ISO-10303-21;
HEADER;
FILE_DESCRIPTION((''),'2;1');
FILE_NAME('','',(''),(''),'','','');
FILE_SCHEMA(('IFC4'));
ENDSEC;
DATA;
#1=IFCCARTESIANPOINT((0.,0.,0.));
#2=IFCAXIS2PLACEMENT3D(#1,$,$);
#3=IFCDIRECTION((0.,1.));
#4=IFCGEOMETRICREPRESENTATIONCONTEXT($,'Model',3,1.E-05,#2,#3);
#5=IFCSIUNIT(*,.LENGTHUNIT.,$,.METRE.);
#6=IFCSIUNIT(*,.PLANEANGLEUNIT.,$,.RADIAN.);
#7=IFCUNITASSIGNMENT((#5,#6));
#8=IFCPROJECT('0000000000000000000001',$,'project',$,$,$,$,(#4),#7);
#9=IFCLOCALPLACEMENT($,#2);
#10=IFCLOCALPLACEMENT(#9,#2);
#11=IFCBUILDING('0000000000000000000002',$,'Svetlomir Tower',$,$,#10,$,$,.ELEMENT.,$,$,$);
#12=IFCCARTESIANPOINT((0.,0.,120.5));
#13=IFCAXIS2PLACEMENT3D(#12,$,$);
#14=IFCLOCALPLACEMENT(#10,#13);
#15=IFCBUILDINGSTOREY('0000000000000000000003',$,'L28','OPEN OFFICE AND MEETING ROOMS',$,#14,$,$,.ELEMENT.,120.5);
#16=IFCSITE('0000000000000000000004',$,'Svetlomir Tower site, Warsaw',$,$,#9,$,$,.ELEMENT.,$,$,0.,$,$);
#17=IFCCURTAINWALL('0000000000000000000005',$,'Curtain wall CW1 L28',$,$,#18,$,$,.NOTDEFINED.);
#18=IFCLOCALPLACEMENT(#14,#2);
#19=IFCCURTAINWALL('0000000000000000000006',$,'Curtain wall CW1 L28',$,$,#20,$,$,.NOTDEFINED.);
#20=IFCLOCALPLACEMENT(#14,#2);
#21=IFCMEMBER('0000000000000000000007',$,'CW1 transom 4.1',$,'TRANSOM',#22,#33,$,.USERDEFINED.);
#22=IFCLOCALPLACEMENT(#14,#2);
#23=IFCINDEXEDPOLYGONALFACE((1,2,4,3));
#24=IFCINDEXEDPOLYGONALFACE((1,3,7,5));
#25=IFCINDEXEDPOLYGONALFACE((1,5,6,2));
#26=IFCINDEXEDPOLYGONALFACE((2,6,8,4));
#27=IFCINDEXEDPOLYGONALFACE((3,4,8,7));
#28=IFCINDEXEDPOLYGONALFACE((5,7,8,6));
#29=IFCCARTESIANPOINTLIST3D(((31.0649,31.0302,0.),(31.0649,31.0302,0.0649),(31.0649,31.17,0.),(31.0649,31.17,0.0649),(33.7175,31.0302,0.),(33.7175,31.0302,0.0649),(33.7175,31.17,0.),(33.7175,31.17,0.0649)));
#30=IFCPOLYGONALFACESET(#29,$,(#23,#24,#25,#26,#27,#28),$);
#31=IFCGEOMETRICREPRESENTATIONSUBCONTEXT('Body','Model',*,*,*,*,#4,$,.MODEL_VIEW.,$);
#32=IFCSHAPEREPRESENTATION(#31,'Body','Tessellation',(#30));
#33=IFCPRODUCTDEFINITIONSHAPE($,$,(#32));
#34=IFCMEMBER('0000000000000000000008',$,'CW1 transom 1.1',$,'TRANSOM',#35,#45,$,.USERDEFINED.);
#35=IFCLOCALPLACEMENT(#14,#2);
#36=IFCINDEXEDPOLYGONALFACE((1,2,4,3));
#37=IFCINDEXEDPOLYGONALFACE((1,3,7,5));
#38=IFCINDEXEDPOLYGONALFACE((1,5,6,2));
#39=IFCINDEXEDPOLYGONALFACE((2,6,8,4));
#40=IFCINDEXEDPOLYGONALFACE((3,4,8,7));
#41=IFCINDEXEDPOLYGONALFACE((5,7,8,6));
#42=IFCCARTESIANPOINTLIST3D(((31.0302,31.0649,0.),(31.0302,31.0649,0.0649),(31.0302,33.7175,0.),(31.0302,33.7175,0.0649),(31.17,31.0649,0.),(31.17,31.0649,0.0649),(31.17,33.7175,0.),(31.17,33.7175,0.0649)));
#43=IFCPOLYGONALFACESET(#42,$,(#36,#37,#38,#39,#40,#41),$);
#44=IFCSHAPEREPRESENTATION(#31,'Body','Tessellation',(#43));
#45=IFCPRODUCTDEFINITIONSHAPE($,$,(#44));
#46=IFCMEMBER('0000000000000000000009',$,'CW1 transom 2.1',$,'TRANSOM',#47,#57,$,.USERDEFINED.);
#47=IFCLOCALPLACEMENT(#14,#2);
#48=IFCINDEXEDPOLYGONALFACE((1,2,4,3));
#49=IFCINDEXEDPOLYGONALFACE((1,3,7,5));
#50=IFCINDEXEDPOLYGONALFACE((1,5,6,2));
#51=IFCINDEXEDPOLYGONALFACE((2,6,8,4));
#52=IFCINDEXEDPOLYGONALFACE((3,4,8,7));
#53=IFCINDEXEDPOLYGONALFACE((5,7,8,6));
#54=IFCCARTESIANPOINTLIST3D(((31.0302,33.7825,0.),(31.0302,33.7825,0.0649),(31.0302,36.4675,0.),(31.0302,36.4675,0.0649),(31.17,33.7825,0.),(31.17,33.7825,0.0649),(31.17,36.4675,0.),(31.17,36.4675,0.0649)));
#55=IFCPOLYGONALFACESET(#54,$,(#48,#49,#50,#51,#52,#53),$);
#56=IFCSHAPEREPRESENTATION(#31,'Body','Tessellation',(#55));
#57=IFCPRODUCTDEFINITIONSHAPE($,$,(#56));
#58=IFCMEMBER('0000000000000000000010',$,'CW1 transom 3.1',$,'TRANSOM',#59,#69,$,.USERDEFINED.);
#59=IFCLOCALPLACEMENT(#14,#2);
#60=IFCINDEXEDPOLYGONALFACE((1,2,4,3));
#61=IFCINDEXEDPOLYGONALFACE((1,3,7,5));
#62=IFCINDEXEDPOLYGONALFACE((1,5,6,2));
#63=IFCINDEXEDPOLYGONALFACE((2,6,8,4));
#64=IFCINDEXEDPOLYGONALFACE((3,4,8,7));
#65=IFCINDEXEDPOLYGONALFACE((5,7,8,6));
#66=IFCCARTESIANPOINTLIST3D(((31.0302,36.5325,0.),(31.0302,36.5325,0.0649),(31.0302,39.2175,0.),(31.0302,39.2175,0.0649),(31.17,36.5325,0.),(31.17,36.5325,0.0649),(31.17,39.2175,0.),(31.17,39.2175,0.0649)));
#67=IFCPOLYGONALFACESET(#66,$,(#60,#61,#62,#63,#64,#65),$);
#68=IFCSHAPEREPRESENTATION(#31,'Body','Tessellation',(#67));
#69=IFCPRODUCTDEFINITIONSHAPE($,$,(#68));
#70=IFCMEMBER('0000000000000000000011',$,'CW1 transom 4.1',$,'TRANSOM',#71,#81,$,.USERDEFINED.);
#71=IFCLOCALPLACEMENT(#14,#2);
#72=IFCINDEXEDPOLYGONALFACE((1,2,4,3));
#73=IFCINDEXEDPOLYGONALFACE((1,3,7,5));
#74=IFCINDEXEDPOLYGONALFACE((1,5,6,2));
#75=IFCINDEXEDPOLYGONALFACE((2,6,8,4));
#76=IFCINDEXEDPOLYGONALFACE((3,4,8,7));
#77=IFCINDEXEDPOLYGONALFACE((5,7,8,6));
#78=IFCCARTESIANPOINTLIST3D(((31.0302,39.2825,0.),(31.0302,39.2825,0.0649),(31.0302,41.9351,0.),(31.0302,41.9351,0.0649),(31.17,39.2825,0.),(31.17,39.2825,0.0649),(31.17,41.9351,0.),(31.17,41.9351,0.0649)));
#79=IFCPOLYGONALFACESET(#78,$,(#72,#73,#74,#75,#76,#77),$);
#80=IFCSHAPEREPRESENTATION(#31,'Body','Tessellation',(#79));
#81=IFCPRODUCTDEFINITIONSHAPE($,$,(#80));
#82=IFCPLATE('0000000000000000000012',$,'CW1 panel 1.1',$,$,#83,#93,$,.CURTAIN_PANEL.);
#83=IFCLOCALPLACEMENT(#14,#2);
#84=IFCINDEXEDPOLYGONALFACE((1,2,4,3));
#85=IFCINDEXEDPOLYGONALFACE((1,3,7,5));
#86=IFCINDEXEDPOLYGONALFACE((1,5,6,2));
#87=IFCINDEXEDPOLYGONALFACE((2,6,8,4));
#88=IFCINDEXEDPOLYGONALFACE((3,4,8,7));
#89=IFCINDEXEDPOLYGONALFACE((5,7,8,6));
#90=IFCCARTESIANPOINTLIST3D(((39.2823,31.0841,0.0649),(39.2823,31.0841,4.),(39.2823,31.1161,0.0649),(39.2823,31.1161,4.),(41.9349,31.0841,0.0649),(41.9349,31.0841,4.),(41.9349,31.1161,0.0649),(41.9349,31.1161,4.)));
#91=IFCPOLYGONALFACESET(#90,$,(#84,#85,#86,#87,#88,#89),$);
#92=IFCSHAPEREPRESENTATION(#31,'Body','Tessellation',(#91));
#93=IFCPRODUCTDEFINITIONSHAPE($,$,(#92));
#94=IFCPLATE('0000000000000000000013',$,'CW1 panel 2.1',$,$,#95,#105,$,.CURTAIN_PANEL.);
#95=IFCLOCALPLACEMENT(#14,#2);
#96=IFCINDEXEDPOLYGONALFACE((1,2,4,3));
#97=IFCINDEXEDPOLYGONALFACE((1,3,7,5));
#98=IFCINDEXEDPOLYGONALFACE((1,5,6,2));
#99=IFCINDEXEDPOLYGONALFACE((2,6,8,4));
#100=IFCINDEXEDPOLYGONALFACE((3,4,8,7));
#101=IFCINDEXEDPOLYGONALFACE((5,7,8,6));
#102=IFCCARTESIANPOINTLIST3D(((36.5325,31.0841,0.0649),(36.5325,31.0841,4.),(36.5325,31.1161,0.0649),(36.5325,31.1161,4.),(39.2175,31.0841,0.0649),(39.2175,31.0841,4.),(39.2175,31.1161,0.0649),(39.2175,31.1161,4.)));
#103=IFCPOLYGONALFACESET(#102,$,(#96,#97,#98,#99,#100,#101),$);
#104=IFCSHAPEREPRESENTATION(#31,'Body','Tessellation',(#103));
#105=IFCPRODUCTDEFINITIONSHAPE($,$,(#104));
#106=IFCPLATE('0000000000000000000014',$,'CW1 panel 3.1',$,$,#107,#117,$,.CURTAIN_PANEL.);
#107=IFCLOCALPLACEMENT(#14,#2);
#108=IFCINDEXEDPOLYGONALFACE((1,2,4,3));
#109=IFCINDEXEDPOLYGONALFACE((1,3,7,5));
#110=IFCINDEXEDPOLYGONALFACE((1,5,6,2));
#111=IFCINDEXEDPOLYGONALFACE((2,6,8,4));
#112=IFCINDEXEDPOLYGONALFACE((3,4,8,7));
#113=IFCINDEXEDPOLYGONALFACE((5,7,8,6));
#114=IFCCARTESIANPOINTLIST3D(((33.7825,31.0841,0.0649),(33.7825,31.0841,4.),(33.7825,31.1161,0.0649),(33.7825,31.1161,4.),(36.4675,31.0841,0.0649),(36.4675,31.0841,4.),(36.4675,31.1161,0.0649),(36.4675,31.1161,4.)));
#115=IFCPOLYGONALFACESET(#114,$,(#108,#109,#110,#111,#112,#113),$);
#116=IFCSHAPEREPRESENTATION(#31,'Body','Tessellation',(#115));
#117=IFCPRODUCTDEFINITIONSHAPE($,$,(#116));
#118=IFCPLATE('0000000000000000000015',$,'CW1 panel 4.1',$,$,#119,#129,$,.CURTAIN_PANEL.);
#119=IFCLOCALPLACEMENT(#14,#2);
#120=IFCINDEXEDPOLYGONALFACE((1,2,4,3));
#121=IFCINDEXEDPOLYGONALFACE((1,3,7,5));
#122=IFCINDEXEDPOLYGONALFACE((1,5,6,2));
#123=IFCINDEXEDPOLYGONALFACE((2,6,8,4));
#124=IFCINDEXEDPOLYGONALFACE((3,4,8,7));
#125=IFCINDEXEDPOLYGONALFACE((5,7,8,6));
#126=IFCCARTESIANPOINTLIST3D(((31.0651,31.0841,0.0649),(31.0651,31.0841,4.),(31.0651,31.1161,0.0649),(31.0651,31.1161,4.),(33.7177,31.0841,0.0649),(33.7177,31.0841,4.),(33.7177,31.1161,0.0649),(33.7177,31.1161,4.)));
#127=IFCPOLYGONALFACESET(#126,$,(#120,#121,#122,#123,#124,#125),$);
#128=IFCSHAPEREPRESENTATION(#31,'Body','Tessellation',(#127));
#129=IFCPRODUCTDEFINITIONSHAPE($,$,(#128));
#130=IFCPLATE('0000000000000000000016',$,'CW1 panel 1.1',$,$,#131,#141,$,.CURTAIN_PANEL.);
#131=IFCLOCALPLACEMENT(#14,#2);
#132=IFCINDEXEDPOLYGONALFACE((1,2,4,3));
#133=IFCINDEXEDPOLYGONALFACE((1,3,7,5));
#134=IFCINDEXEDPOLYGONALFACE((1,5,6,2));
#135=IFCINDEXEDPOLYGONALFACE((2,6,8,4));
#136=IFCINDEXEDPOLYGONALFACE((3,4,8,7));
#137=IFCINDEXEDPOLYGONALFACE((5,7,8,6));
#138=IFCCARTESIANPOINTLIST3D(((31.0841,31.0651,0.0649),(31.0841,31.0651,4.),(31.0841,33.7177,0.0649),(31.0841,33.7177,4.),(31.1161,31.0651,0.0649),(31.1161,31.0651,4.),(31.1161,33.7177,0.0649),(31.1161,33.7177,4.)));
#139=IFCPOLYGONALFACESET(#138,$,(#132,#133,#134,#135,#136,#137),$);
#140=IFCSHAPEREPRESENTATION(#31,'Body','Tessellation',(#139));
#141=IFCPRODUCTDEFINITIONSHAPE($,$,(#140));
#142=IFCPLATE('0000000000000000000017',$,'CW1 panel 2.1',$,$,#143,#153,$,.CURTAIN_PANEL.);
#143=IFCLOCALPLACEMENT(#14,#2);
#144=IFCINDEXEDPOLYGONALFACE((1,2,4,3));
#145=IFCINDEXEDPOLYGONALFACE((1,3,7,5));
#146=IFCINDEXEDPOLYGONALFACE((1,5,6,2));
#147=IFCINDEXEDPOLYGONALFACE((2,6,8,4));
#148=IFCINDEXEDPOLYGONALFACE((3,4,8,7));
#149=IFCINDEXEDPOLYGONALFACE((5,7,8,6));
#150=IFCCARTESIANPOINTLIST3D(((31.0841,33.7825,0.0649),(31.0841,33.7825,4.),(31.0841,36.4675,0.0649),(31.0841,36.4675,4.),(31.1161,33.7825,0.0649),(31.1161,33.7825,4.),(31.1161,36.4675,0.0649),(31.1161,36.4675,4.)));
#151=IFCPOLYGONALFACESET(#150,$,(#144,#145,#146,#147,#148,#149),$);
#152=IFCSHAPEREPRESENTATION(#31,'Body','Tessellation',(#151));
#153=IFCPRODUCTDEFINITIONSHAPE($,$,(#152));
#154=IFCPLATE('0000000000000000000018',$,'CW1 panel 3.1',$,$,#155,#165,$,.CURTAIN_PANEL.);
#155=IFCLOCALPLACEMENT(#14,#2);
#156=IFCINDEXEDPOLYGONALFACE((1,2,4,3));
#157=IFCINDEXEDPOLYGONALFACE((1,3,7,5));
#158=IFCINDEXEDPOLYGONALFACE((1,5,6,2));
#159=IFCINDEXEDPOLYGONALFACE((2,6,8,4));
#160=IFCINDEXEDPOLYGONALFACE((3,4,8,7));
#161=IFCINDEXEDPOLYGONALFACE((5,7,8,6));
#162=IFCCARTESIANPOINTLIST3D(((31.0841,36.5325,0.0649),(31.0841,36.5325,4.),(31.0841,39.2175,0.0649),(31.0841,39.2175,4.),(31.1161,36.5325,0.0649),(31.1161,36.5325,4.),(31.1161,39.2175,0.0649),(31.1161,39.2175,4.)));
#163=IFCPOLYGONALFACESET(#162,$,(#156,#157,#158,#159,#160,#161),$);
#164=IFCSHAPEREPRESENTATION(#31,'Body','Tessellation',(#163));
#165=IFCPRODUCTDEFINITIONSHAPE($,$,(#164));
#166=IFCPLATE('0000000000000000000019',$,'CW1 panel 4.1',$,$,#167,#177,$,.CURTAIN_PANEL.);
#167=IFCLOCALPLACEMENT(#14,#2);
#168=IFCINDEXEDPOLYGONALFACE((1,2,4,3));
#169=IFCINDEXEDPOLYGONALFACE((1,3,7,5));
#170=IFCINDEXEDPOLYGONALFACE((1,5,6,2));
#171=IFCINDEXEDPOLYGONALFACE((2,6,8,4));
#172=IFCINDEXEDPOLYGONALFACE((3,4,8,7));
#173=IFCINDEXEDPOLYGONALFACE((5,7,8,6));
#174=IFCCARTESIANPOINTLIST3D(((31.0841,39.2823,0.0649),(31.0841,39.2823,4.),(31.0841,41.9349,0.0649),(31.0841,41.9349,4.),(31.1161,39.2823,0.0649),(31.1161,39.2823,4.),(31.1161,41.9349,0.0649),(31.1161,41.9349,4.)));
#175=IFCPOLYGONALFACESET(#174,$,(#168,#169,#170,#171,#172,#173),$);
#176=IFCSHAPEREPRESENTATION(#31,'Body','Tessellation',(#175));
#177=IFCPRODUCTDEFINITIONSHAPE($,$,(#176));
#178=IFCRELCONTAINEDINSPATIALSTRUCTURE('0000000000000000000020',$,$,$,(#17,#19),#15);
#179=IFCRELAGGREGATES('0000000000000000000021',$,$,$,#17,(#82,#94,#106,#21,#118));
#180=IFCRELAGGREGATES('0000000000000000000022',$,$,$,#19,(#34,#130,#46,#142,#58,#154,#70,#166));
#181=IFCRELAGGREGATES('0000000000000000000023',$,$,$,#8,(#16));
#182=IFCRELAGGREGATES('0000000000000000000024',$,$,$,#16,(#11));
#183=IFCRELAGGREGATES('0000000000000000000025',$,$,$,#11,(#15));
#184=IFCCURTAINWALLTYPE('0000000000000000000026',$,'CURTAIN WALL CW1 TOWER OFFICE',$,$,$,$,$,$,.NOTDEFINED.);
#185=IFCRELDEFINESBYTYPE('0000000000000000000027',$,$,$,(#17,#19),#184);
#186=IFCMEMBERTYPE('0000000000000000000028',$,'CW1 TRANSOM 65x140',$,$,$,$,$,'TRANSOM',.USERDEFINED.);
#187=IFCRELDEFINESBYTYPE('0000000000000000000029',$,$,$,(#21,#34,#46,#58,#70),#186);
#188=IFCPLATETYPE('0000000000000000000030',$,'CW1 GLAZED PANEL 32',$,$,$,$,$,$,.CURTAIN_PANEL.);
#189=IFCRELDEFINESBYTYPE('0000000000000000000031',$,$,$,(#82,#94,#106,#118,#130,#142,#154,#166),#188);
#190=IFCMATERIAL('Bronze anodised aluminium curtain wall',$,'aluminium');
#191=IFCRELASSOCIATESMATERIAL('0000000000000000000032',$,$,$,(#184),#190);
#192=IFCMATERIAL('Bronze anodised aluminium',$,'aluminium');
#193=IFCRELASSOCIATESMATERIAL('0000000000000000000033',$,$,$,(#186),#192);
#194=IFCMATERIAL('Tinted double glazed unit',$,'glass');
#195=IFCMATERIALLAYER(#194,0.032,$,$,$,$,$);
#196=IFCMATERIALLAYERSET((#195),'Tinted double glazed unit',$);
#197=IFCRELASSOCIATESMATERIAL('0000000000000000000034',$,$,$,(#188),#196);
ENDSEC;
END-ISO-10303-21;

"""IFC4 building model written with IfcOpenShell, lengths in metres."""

from ifc_helpers import new_model, si_unit, direction, frame, origin, origin_2d, place, context, subcontext, project, spatial, rectangle, extrude, material, layer, layer_set, material_profile, profile_set, type_object, element, aggregate, save


model = new_model("IFC4")

# Units and contexts
model_context = context("Model", 3, precision=1e-05, world=origin(), true_north=direction((0.0, 1.0)))
body_context = subcontext(model_context, "Body", "Model", "MODEL_VIEW")
ifc_project = project(units=[si_unit("LENGTHUNIT", "METRE"), si_unit("PLANEANGLEUNIT", "RADIAN")], contexts=[model_context])

# Site, building, storey
site_placement = place(None, origin())
site = spatial("IfcSite", under=ifc_project, at=site_placement, Name="Svetlomir Tower site, Warsaw", CompositionType="ELEMENT", RefElevation=0.0)
building_placement = place(site_placement, origin())
building = spatial("IfcBuilding", under=site, at=building_placement, Name="Svetlomir Tower", CompositionType="ELEMENT")
storey_placement = place(building_placement, frame((0.0, 0.0, 120.5)))
storey = spatial("IfcBuildingStorey", under=building, at=storey_placement, Name="L28", Description="OPEN OFFICE AND MEETING ROOMS", CompositionType="ELEMENT", Elevation=120.5)

# Curtain walls
ifc_material_1 = material(Name="Bronze anodised aluminium curtain wall", Category="aluminium")
curtain_wall_type = type_object("IfcCurtainWallType", Name="CURTAIN WALL CW1 TOWER OFFICE", PredefinedType="NOTDEFINED", material=ifc_material_1)
curtain_wall_1_placement = place(storey_placement, origin())
curtain_wall_1 = element("IfcCurtainWall", 1, at=curtain_wall_1_placement, inside=storey, type_object=curtain_wall_type, Name="Curtain wall CW1 L28", PredefinedType="NOTDEFINED")
curtain_wall_2_placement = place(storey_placement, origin())
curtain_wall_2 = element("IfcCurtainWall", 2, at=curtain_wall_2_placement, inside=storey, type_object=curtain_wall_type, Name="Curtain wall CW1 L28", PredefinedType="NOTDEFINED")

# Members
ifc_material_2 = material(Name="Bronze anodised aluminium", Category="aluminium")
ifc_material_profile_1 = material_profile(ifc_material_2, rectangle(XDim=0.1399, YDim=0.0649, at=origin_2d()), Name="AL 140x65")
ifc_profile_set_1 = profile_set([ifc_material_profile_1], Name="Bronze anodised aluminium 6063-T6")
member_type_1 = type_object("IfcMemberType", Name="CW1 TRANSOM 65x140", ElementType="TRANSOM", PredefinedType="USERDEFINED", material=ifc_profile_set_1)
member_1_placement = place(storey_placement, frame((33.7175, 31.1001, 0.0325), z_axis=(-1.0, 0.0, 0.0), x_axis=(0.0, -1.0, 0.0)))
member_1 = element("IfcMember", 3, at=member_1_placement, type_object=member_type_1, Name="CW1 transom 4.1", ObjectType="TRANSOM", PredefinedType="USERDEFINED", context=body_context, shape_type="SweptSolid", body=[
    extrude(rectangle(XDim=0.1399, YDim=0.0649, at=origin_2d()), origin(), (0.0, 0.0, 1.0), 2.6526),
])
member_2_placement = place(storey_placement, frame((31.1001, 31.0649, 0.0325), z_axis=(0.0, 1.0, 0.0), x_axis=(-1.0, 0.0, 0.0)))
member_2 = element("IfcMember", 4, at=member_2_placement, type_object=member_type_1, Name="CW1 transom 1.1", ObjectType="TRANSOM", PredefinedType="USERDEFINED", context=body_context, shape_type="SweptSolid", body=[
    extrude(rectangle(XDim=0.1399, YDim=0.0649, at=origin_2d()), origin(), (0.0, 0.0, 1.0), 2.6526),
])
member_3_placement = place(storey_placement, frame((31.1001, 33.7825, 0.0325), z_axis=(0.0, 1.0, 0.0), x_axis=(-1.0, 0.0, 0.0)))
member_3 = element("IfcMember", 5, at=member_3_placement, type_object=member_type_1, Name="CW1 transom 2.1", ObjectType="TRANSOM", PredefinedType="USERDEFINED", context=body_context, shape_type="SweptSolid", body=[
    extrude(rectangle(XDim=0.1399, YDim=0.0649, at=origin_2d()), origin(), (0.0, 0.0, 1.0), 2.6851),
])
member_4_placement = place(storey_placement, frame((31.1001, 36.5325, 0.0325), z_axis=(0.0, 1.0, 0.0), x_axis=(-1.0, 0.0, 0.0)))
member_4 = element("IfcMember", 6, at=member_4_placement, type_object=member_type_1, Name="CW1 transom 3.1", ObjectType="TRANSOM", PredefinedType="USERDEFINED", context=body_context, shape_type="SweptSolid", body=[
    extrude(rectangle(XDim=0.1399, YDim=0.0649, at=origin_2d()), origin(), (0.0, 0.0, 1.0), 2.6851),
])
member_5_placement = place(storey_placement, frame((31.1001, 39.2825, 0.0325), z_axis=(0.0, 1.0, 0.0), x_axis=(-1.0, 0.0, 0.0)))
member_5 = element("IfcMember", 7, at=member_5_placement, type_object=member_type_1, Name="CW1 transom 4.1", ObjectType="TRANSOM", PredefinedType="USERDEFINED", context=body_context, shape_type="SweptSolid", body=[
    extrude(rectangle(XDim=0.1399, YDim=0.0649, at=origin_2d()), origin(), (0.0, 0.0, 1.0), 2.6526),
])

# Plates
ifc_material_3 = material(Name="Tinted double glazed unit", Category="glass")
ifc_layer = layer(ifc_material_3, 0.032)
ifc_layer_set = layer_set([ifc_layer], Name="Tinted double glazed unit")
plate_type = type_object("IfcPlateType", Name="CW1 GLAZED PANEL 32", PredefinedType="CURTAIN_PANEL", material=ifc_layer_set)
plate_1_placement = place(storey_placement, frame((40.6086, 31.1001, 0.0649), z_axis=(0.0, 0.0, 1.0), x_axis=(-1.0, 0.0, 0.0)))
plate_1 = element("IfcPlate", 8, at=plate_1_placement, type_object=plate_type, Name="CW1 panel 1.1", PredefinedType="CURTAIN_PANEL", context=body_context, shape_type="SweptSolid", body=[
    extrude(rectangle(XDim=2.6526, YDim=0.032, at=origin_2d()), origin(), (0.0, 0.0, 1.0), 3.9351),
])
plate_2_placement = place(storey_placement, frame((37.875, 31.1001, 0.0649), z_axis=(0.0, 0.0, 1.0), x_axis=(-1.0, 0.0, 0.0)))
plate_2 = element("IfcPlate", 9, at=plate_2_placement, type_object=plate_type, Name="CW1 panel 2.1", PredefinedType="CURTAIN_PANEL", context=body_context, shape_type="SweptSolid", body=[
    extrude(rectangle(XDim=2.6851, YDim=0.032, at=origin_2d()), origin(), (0.0, 0.0, 1.0), 3.9351),
])
plate_3_placement = place(storey_placement, frame((35.125, 31.1001, 0.0649), z_axis=(0.0, 0.0, 1.0), x_axis=(-1.0, 0.0, 0.0)))
plate_3 = element("IfcPlate", 10, at=plate_3_placement, type_object=plate_type, Name="CW1 panel 3.1", PredefinedType="CURTAIN_PANEL", context=body_context, shape_type="SweptSolid", body=[
    extrude(rectangle(XDim=2.6851, YDim=0.032, at=origin_2d()), origin(), (0.0, 0.0, 1.0), 3.9351),
])
plate_4_placement = place(storey_placement, frame((32.3914, 31.1001, 0.0649), z_axis=(0.0, 0.0, 1.0), x_axis=(-1.0, 0.0, 0.0)))
plate_4 = element("IfcPlate", 11, at=plate_4_placement, type_object=plate_type, Name="CW1 panel 4.1", PredefinedType="CURTAIN_PANEL", context=body_context, shape_type="SweptSolid", body=[
    extrude(rectangle(XDim=2.6526, YDim=0.032, at=origin_2d()), origin(), (0.0, 0.0, 1.0), 3.9351),
])
aggregate(curtain_wall_1, [plate_1, plate_2, plate_3, member_1, plate_4])
plate_5_placement = place(storey_placement, frame((31.1001, 32.3914, 0.0649), z_axis=(0.0, 0.0, 1.0), x_axis=(0.0, 1.0, 0.0)))
plate_5 = element("IfcPlate", 12, at=plate_5_placement, type_object=plate_type, Name="CW1 panel 1.1", PredefinedType="CURTAIN_PANEL", context=body_context, shape_type="SweptSolid", body=[
    extrude(rectangle(XDim=2.6526, YDim=0.032, at=origin_2d()), origin(), (0.0, 0.0, 1.0), 3.9351),
])
plate_6_placement = place(storey_placement, frame((31.1001, 35.125, 0.0649), z_axis=(0.0, 0.0, 1.0), x_axis=(0.0, 1.0, 0.0)))
plate_6 = element("IfcPlate", 13, at=plate_6_placement, type_object=plate_type, Name="CW1 panel 2.1", PredefinedType="CURTAIN_PANEL", context=body_context, shape_type="SweptSolid", body=[
    extrude(rectangle(XDim=2.6851, YDim=0.032, at=origin_2d()), origin(), (0.0, 0.0, 1.0), 3.9351),
])
plate_7_placement = place(storey_placement, frame((31.1001, 37.875, 0.0649), z_axis=(0.0, 0.0, 1.0), x_axis=(0.0, 1.0, 0.0)))
plate_7 = element("IfcPlate", 14, at=plate_7_placement, type_object=plate_type, Name="CW1 panel 3.1", PredefinedType="CURTAIN_PANEL", context=body_context, shape_type="SweptSolid", body=[
    extrude(rectangle(XDim=2.6851, YDim=0.032, at=origin_2d()), origin(), (0.0, 0.0, 1.0), 3.9351),
])
plate_8_placement = place(storey_placement, frame((31.1001, 40.6086, 0.0649), z_axis=(0.0, 0.0, 1.0), x_axis=(0.0, 1.0, 0.0)))
plate_8 = element("IfcPlate", 15, at=plate_8_placement, type_object=plate_type, Name="CW1 panel 4.1", PredefinedType="CURTAIN_PANEL", context=body_context, shape_type="SweptSolid", body=[
    extrude(rectangle(XDim=2.6526, YDim=0.032, at=origin_2d()), origin(), (0.0, 0.0, 1.0), 3.9351),
])
aggregate(curtain_wall_2, [member_2, plate_5, member_3, plate_6, member_4, plate_7, member_5, plate_8])

save(model, "model.ifc")
